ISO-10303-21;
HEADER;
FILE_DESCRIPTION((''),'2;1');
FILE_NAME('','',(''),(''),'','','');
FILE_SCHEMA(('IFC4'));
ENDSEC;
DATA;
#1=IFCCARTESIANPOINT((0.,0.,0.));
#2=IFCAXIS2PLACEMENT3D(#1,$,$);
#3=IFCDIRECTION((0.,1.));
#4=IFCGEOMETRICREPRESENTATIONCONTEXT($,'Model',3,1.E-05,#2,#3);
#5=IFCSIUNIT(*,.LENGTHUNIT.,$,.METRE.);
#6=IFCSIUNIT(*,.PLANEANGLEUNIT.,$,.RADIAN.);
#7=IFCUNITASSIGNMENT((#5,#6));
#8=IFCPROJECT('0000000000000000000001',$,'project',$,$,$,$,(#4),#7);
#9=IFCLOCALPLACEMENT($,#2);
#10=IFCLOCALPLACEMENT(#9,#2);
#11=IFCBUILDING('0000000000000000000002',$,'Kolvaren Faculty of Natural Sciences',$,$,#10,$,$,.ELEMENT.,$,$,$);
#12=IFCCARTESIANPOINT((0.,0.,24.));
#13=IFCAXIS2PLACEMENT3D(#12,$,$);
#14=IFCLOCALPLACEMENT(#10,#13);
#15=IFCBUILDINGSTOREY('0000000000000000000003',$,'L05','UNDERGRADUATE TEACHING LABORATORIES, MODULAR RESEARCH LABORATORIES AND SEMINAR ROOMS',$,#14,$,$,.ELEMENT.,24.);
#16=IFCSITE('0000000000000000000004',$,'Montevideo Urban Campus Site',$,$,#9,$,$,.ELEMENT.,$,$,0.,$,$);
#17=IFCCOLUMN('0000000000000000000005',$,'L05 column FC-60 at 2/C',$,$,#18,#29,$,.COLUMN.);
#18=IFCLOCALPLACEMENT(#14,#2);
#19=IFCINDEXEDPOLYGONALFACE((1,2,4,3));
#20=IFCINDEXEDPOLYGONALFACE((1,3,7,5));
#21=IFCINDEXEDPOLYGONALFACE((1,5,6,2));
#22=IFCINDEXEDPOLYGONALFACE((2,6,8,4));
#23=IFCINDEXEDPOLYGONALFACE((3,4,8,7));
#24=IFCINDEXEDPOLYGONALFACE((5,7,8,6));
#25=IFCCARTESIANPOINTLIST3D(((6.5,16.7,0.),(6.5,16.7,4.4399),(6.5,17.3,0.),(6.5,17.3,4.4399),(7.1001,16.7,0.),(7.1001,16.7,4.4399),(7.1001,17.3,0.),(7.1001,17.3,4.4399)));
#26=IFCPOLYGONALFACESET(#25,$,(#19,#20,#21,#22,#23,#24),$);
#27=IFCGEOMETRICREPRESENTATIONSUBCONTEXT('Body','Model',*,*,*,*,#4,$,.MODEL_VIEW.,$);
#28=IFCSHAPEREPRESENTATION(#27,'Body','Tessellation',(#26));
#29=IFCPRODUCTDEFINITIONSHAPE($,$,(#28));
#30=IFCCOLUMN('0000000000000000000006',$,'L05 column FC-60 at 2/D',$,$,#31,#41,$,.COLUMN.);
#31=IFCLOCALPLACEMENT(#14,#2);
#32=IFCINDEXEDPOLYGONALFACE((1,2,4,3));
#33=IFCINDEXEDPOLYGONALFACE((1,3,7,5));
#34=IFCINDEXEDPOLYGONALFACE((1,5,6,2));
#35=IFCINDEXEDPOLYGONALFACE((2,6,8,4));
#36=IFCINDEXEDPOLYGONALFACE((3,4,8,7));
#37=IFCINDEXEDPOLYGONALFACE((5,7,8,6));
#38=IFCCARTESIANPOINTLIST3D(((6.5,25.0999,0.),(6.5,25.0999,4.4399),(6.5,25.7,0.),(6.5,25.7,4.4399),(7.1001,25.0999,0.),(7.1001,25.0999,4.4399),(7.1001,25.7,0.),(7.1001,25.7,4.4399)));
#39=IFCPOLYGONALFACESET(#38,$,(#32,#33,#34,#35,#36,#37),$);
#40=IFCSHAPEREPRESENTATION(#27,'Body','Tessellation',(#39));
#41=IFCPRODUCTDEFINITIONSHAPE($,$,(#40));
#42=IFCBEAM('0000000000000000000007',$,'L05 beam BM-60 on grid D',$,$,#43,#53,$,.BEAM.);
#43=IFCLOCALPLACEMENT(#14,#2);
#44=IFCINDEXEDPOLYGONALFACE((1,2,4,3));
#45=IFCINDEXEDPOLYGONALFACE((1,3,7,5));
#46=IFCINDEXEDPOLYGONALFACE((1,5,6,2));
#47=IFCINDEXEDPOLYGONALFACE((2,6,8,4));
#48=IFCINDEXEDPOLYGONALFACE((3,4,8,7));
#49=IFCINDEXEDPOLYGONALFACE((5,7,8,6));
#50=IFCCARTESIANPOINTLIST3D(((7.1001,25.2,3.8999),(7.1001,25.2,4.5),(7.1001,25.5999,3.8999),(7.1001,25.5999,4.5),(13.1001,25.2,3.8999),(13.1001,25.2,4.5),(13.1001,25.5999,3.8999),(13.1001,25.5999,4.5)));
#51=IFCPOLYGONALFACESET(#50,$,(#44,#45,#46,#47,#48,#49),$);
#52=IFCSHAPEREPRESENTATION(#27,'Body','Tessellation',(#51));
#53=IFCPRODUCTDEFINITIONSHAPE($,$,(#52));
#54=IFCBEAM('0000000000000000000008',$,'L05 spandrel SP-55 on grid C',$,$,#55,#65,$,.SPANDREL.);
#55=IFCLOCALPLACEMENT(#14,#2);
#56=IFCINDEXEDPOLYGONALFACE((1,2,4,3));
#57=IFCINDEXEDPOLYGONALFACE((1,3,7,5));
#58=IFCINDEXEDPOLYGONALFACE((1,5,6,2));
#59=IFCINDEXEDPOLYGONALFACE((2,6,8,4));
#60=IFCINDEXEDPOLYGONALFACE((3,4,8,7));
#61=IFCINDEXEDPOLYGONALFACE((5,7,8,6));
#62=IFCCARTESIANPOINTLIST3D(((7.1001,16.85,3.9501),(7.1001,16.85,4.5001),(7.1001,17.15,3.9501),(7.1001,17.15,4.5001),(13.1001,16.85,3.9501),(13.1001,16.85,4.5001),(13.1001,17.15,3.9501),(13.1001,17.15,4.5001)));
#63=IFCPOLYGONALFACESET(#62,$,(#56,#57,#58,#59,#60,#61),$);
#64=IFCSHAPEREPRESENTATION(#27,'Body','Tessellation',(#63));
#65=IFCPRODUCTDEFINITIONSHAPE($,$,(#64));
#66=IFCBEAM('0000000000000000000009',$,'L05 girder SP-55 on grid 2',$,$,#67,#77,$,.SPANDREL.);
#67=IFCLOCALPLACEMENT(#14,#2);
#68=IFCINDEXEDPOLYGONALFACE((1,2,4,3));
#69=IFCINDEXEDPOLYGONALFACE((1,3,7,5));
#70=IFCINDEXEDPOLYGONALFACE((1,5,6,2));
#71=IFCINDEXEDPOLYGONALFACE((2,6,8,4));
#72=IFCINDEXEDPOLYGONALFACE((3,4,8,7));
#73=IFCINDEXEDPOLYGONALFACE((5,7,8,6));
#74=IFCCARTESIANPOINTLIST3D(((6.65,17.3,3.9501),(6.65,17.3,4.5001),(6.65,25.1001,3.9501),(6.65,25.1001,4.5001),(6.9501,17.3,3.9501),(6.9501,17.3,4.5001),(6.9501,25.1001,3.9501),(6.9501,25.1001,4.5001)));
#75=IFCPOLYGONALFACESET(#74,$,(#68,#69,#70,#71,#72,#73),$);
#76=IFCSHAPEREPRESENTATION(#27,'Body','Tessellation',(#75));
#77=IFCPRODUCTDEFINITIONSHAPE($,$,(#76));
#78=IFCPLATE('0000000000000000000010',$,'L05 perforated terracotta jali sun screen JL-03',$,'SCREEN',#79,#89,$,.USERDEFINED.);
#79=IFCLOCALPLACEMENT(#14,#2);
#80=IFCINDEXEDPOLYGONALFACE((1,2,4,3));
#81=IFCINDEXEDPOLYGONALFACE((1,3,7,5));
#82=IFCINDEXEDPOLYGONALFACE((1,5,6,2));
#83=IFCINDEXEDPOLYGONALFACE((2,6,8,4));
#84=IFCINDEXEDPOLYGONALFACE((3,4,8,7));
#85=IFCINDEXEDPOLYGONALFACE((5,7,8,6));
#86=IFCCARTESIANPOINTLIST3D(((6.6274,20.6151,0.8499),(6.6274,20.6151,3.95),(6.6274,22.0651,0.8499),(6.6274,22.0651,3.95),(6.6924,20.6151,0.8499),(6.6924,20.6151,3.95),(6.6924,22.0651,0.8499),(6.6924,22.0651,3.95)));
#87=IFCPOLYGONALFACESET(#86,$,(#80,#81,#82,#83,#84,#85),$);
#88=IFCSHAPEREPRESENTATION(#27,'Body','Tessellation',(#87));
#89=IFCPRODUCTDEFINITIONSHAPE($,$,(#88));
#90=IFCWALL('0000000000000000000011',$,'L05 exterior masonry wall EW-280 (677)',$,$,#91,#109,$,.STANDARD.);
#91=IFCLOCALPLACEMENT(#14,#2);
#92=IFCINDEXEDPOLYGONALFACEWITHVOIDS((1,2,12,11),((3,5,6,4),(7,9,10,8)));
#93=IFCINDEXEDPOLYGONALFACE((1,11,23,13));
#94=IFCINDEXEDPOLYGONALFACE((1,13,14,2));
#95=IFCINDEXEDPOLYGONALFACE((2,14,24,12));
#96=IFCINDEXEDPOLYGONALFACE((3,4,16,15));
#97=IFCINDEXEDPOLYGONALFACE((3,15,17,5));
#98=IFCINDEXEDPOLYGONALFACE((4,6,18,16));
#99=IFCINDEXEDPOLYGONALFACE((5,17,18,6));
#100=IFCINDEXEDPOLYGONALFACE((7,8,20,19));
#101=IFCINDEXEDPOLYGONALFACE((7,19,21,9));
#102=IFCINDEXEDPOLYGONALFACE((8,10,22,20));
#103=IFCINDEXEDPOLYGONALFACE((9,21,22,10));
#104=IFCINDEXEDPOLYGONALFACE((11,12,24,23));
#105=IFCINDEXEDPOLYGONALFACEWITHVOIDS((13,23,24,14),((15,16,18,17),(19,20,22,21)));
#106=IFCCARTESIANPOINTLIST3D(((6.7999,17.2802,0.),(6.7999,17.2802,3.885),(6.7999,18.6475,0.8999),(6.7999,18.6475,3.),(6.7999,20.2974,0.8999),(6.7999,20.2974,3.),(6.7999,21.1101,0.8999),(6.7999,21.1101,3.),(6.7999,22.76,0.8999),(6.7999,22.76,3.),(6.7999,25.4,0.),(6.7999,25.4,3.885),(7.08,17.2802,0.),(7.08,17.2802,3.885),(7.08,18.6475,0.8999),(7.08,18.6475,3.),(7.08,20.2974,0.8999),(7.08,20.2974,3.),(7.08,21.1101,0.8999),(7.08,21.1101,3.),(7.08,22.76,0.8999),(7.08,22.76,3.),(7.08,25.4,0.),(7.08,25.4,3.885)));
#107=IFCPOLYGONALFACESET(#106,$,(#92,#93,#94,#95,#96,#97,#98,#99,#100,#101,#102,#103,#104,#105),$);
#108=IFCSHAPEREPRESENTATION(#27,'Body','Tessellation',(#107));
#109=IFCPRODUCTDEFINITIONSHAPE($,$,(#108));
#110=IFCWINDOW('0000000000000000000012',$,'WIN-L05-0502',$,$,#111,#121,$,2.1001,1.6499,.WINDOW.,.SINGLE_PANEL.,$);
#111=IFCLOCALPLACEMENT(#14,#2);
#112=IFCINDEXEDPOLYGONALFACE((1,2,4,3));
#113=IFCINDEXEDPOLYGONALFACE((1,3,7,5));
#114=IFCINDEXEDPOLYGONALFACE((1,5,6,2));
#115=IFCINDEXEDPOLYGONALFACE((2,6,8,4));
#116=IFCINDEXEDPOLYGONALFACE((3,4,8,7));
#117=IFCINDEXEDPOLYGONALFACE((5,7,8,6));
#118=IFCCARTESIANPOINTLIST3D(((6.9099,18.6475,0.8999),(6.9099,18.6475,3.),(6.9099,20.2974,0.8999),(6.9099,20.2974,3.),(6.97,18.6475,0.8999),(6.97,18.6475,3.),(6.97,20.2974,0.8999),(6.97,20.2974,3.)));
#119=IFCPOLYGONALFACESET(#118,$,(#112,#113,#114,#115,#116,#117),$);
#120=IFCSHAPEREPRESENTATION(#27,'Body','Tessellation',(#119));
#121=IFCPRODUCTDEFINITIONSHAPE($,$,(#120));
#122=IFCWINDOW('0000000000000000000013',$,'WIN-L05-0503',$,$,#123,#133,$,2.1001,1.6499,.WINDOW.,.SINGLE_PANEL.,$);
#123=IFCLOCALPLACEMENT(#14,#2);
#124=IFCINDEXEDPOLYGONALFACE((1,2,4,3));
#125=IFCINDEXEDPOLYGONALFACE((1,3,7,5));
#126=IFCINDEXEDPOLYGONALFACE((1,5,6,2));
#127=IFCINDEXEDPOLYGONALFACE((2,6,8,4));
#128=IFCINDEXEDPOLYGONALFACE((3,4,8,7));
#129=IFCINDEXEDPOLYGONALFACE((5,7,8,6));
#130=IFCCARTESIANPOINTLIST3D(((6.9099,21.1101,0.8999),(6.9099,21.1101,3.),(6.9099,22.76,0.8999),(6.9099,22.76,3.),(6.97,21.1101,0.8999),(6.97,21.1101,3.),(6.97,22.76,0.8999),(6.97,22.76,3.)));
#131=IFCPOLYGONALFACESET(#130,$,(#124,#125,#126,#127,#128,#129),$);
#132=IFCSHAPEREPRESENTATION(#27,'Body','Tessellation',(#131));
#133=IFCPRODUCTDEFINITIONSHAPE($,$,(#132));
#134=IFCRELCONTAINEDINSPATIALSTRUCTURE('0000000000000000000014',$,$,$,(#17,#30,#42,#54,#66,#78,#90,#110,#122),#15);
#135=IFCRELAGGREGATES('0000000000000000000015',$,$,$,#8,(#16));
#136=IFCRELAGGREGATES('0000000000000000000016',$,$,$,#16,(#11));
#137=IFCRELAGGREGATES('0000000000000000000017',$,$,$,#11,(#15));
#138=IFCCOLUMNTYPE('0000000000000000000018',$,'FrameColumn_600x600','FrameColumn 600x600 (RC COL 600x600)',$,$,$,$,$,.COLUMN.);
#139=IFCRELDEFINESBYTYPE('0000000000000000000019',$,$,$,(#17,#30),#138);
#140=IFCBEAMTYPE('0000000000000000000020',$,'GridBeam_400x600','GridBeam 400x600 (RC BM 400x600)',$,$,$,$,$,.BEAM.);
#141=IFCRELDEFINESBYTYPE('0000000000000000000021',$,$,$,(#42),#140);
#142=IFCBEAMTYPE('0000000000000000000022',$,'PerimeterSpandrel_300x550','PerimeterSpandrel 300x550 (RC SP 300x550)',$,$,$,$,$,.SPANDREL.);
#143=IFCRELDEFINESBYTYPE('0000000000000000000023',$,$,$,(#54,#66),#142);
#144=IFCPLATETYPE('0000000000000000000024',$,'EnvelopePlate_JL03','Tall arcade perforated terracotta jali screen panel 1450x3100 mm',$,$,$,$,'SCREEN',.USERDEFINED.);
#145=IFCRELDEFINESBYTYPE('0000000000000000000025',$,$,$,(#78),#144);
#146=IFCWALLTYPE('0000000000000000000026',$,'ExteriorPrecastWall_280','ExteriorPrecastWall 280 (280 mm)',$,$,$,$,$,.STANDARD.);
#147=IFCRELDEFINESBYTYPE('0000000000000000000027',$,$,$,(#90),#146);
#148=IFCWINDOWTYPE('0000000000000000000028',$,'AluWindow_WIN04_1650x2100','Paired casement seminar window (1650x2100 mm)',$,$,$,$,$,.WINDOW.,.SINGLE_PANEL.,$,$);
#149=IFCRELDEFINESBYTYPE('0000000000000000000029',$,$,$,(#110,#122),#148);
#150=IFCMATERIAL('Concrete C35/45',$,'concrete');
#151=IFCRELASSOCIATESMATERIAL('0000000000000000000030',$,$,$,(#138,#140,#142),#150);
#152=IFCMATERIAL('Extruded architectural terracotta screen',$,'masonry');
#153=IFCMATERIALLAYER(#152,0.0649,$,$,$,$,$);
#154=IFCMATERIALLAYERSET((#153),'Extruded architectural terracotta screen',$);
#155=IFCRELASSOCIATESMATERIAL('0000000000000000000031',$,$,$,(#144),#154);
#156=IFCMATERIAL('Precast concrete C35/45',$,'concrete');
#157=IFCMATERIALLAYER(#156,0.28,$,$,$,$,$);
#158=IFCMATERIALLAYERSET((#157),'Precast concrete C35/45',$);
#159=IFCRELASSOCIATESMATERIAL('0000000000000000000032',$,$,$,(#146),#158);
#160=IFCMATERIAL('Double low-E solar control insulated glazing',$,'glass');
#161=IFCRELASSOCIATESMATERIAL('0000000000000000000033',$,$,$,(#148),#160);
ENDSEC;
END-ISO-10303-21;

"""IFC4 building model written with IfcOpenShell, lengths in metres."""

from ifc_helpers import new_model, si_unit, direction, frame, frame_2d, origin, origin_2d, place, context, subcontext, project, spatial, rectangle, extrude, material, layer, layer_set, material_profile, profile_set, type_object, element, fill, save


model = new_model("IFC4")

# Units and contexts
model_context = context("Model", 3, precision=1e-05, world=origin(), true_north=direction((0.0, 1.0)))
body_context = subcontext(model_context, "Body", "Model", "MODEL_VIEW")
ifc_project = project(units=[si_unit("LENGTHUNIT", "METRE"), si_unit("PLANEANGLEUNIT", "RADIAN")], contexts=[model_context])

# Site, building, storey
site_placement = place(None, origin())
site = spatial("IfcSite", under=ifc_project, at=site_placement, Name="Montevideo Urban Campus Site", CompositionType="ELEMENT", RefElevation=0.0)
building_placement = place(site_placement, origin())
building = spatial("IfcBuilding", under=site, at=building_placement, Name="Kolvaren Faculty of Natural Sciences", CompositionType="ELEMENT")
storey_placement = place(building_placement, frame((0.0, 0.0, 24.0)))
storey = spatial("IfcBuildingStorey", under=building, at=storey_placement, Name="L05", Description="UNDERGRADUATE TEACHING LABORATORIES, MODULAR RESEARCH LABORATORIES AND SEMINAR ROOMS", CompositionType="ELEMENT", Elevation=24.0)

# Columns
ifc_material_1 = material(Name="Concrete C35/45", Category="concrete")
ifc_material_profile_1 = material_profile(ifc_material_1, rectangle(XDim=0.6001, YDim=0.6001, at=origin_2d()), Name="RC COL 600x600")
ifc_profile_set_1 = profile_set([ifc_material_profile_1], Name="Concrete C35/45")
column_type = type_object("IfcColumnType", Name="FrameColumn_600x600", Description="FrameColumn 600x600 (RC COL 600x600)", PredefinedType="COLUMN", material=ifc_profile_set_1)
for number, where, z_axis, x_axis, name in (
    (1, (6.8, 17.0, 0.0), (0.0, 0.0, 1.0), (1.0, 0.0, 0.0), "L05 column FC-60 at 2/C"),
    (2, (6.8, 25.3999, 0.0), (0.0, 0.0, 1.0), (1.0, 0.0, 0.0), "L05 column FC-60 at 2/D"),
):
    element("IfcColumn", number, at=place(storey_placement, frame(where, z_axis=z_axis, x_axis=x_axis)), inside=storey, type_object=column_type, Name=name, PredefinedType="COLUMN", context=body_context, shape_type="SweptSolid", body=[
        extrude(rectangle(XDim=0.6001, YDim=0.6001, at=origin_2d()), origin(), (0.0, 0.0, 1.0), 4.4399),
    ])

# Beams
ifc_material_profile_2 = material_profile(ifc_material_1, rectangle(XDim=0.3999, YDim=0.6001, at=origin_2d()), Name="RC BM 400x600")
ifc_profile_set_2 = profile_set([ifc_material_profile_2], Name="Concrete C35/45")
beam_type_1 = type_object("IfcBeamType", Name="GridBeam_400x600", Description="GridBeam 400x600 (RC BM 400x600)", PredefinedType="BEAM", material=ifc_profile_set_2)
beam_1_placement = place(storey_placement, frame((7.1001, 25.3999, 4.2), z_axis=(1.0, 0.0, 0.0), x_axis=(0.0, 1.0, 0.0)))
element("IfcBeam", 3, at=beam_1_placement, inside=storey, type_object=beam_type_1, Name="L05 beam BM-60 on grid D", PredefinedType="BEAM", context=body_context, shape_type="SweptSolid", body=[
    extrude(rectangle(XDim=0.3999, YDim=0.6001, at=origin_2d()), origin(), (0.0, 0.0, 1.0), 6.0),
])
ifc_material_profile_3 = material_profile(ifc_material_1, rectangle(XDim=0.3, YDim=0.55, at=origin_2d()), Name="RC SP 300x550")
ifc_profile_set_3 = profile_set([ifc_material_profile_3], Name="Concrete C35/45")
beam_type_2 = type_object("IfcBeamType", Name="PerimeterSpandrel_300x550", Description="PerimeterSpandrel 300x550 (RC SP 300x550)", PredefinedType="SPANDREL", material=ifc_profile_set_3)
beam_2_placement = place(storey_placement, frame((7.1001, 17.0, 4.2251), z_axis=(1.0, 0.0, 0.0), x_axis=(0.0, 1.0, 0.0)))
element("IfcBeam", 4, at=beam_2_placement, inside=storey, type_object=beam_type_2, Name="L05 spandrel SP-55 on grid C", PredefinedType="SPANDREL", context=body_context, shape_type="SweptSolid", body=[
    extrude(rectangle(XDim=0.3, YDim=0.55, at=origin_2d()), origin(), (0.0, 0.0, 1.0), 6.0),
])
beam_3_placement = place(storey_placement, frame((6.8, 17.3, 4.2251), z_axis=(0.0, 1.0, 0.0), x_axis=(-1.0, 0.0, 0.0)))
element("IfcBeam", 5, at=beam_3_placement, inside=storey, type_object=beam_type_2, Name="L05 girder SP-55 on grid 2", PredefinedType="SPANDREL", context=body_context, shape_type="SweptSolid", body=[
    extrude(rectangle(XDim=0.3, YDim=0.55, at=origin_2d()), origin(), (0.0, 0.0, 1.0), 7.8),
])

# Plate
ifc_material_2 = material(Name="Extruded architectural terracotta screen", Category="masonry")
ifc_layer_1 = layer(ifc_material_2, 0.0649)
ifc_layer_set_1 = layer_set([ifc_layer_1], Name="Extruded architectural terracotta screen")
plate_type = type_object("IfcPlateType", Name="EnvelopePlate_JL03", Description="Tall arcade perforated terracotta jali screen panel 1450x3100 mm", ElementType="SCREEN", PredefinedType="USERDEFINED", material=ifc_layer_set_1)
plate_placement = place(storey_placement, frame((6.6599, 21.3401, 0.8499), z_axis=(0.0, 0.0, 1.0), x_axis=(0.0, 1.0, 0.0)))
element("IfcPlate", 6, at=plate_placement, inside=storey, type_object=plate_type, Name="L05 perforated terracotta jali sun screen JL-03", ObjectType="SCREEN", PredefinedType="USERDEFINED", context=body_context, shape_type="SweptSolid", body=[
    extrude(rectangle(XDim=1.45, YDim=0.0649, at=origin_2d()), origin(), (0.0, 0.0, 1.0), 3.1001),
])

# Wall, openings, windows
ifc_material_3 = material(Name="Precast concrete C35/45", Category="concrete")
ifc_layer_2 = layer(ifc_material_3, 0.28)
ifc_layer_set_2 = layer_set([ifc_layer_2], Name="Precast concrete C35/45")
wall_type_1 = type_object("IfcWallType", Name="ExteriorPrecastWall_280", Description="ExteriorPrecastWall 280 (280 mm)", PredefinedType="STANDARD", material=ifc_layer_set_2)
wall_1_placement = place(storey_placement, frame((6.9399, 17.28, 0.0), z_axis=(0.0, 0.0, 1.0), x_axis=(0.0, 1.0, 0.0)))
wall_1 = element("IfcWall", 7, at=wall_1_placement, inside=storey, type_object=wall_type_1, Name="L05 exterior masonry wall EW-280 (677)", PredefinedType="STANDARD", context=body_context, shape_type="SweptSolid", body=[
    extrude(rectangle(XDim=8.1199, YDim=0.28, at=frame_2d((4.0601, 0.0))), origin(), (0.0, 0.0, 1.0), 3.885),
])
opening_1_placement = place(wall_1_placement, frame((1.3674, 0.0, 0.8999)))
opening_1 = element("IfcOpeningElement", 8, at=opening_1_placement, cuts=wall_1, PredefinedType="OPENING", context=body_context, shape_type="SweptSolid", body=[
    extrude(rectangle(XDim=1.6499, YDim=2.1001, at=frame_2d((0.825, 1.05))), frame((0.0, 0.1499, 0.0), z_axis=(0.0, -1.0, 0.0), x_axis=(1.0, 0.0, 0.0)), (0.0, 0.0, 1.0), 0.3),
])
opening_2_placement = place(wall_1_placement, frame((3.8301, 0.0, 0.8999)))
opening_2 = element("IfcOpeningElement", 9, at=opening_2_placement, cuts=wall_1, PredefinedType="OPENING", context=body_context, shape_type="SweptSolid", body=[
    extrude(rectangle(XDim=1.6499, YDim=2.1001, at=frame_2d((0.825, 1.05))), frame((0.0, 0.1499, 0.0), z_axis=(0.0, -1.0, 0.0), x_axis=(1.0, 0.0, 0.0)), (0.0, 0.0, 1.0), 0.3),
])
ifc_material_4 = material(Name="Double low-E solar control insulated glazing", Category="glass")
window_type_1 = type_object("IfcWindowType", Name="AluWindow_WIN04_1650x2100", Description="Paired casement seminar window (1650x2100 mm)", PartitioningType="SINGLE_PANEL", PredefinedType="WINDOW", material=ifc_material_4)
window_1_placement = place(opening_1_placement, origin())
window_1 = element("IfcWindow", 10, at=window_1_placement, inside=storey, type_object=window_type_1, Name="WIN-L05-0502", OverallHeight=2.1001, OverallWidth=1.6499, PartitioningType="SINGLE_PANEL", PredefinedType="WINDOW", context=body_context, shape_type="SweptSolid", body=[
    extrude(rectangle(XDim=1.6499, YDim=2.1001, at=frame_2d((0.825, 1.05))), frame((0.0, 0.03, 0.0), z_axis=(0.0, -1.0, 0.0), x_axis=(1.0, 0.0, 0.0)), (0.0, 0.0, 1.0), 0.0601),
])
fill(opening_1, window_1)
window_2_placement = place(opening_2_placement, origin())
window_2 = element("IfcWindow", 11, at=window_2_placement, inside=storey, type_object=window_type_1, Name="WIN-L05-0503", OverallHeight=2.1001, OverallWidth=1.6499, PartitioningType="SINGLE_PANEL", PredefinedType="WINDOW", context=body_context, shape_type="SweptSolid", body=[
    extrude(rectangle(XDim=1.6499, YDim=2.1001, at=frame_2d((0.825, 1.05))), frame((0.0, 0.03, 0.0), z_axis=(0.0, -1.0, 0.0), x_axis=(1.0, 0.0, 0.0)), (0.0, 0.0, 1.0), 0.0601),
])
fill(opening_2, window_2)

save(model, "model.ifc")
